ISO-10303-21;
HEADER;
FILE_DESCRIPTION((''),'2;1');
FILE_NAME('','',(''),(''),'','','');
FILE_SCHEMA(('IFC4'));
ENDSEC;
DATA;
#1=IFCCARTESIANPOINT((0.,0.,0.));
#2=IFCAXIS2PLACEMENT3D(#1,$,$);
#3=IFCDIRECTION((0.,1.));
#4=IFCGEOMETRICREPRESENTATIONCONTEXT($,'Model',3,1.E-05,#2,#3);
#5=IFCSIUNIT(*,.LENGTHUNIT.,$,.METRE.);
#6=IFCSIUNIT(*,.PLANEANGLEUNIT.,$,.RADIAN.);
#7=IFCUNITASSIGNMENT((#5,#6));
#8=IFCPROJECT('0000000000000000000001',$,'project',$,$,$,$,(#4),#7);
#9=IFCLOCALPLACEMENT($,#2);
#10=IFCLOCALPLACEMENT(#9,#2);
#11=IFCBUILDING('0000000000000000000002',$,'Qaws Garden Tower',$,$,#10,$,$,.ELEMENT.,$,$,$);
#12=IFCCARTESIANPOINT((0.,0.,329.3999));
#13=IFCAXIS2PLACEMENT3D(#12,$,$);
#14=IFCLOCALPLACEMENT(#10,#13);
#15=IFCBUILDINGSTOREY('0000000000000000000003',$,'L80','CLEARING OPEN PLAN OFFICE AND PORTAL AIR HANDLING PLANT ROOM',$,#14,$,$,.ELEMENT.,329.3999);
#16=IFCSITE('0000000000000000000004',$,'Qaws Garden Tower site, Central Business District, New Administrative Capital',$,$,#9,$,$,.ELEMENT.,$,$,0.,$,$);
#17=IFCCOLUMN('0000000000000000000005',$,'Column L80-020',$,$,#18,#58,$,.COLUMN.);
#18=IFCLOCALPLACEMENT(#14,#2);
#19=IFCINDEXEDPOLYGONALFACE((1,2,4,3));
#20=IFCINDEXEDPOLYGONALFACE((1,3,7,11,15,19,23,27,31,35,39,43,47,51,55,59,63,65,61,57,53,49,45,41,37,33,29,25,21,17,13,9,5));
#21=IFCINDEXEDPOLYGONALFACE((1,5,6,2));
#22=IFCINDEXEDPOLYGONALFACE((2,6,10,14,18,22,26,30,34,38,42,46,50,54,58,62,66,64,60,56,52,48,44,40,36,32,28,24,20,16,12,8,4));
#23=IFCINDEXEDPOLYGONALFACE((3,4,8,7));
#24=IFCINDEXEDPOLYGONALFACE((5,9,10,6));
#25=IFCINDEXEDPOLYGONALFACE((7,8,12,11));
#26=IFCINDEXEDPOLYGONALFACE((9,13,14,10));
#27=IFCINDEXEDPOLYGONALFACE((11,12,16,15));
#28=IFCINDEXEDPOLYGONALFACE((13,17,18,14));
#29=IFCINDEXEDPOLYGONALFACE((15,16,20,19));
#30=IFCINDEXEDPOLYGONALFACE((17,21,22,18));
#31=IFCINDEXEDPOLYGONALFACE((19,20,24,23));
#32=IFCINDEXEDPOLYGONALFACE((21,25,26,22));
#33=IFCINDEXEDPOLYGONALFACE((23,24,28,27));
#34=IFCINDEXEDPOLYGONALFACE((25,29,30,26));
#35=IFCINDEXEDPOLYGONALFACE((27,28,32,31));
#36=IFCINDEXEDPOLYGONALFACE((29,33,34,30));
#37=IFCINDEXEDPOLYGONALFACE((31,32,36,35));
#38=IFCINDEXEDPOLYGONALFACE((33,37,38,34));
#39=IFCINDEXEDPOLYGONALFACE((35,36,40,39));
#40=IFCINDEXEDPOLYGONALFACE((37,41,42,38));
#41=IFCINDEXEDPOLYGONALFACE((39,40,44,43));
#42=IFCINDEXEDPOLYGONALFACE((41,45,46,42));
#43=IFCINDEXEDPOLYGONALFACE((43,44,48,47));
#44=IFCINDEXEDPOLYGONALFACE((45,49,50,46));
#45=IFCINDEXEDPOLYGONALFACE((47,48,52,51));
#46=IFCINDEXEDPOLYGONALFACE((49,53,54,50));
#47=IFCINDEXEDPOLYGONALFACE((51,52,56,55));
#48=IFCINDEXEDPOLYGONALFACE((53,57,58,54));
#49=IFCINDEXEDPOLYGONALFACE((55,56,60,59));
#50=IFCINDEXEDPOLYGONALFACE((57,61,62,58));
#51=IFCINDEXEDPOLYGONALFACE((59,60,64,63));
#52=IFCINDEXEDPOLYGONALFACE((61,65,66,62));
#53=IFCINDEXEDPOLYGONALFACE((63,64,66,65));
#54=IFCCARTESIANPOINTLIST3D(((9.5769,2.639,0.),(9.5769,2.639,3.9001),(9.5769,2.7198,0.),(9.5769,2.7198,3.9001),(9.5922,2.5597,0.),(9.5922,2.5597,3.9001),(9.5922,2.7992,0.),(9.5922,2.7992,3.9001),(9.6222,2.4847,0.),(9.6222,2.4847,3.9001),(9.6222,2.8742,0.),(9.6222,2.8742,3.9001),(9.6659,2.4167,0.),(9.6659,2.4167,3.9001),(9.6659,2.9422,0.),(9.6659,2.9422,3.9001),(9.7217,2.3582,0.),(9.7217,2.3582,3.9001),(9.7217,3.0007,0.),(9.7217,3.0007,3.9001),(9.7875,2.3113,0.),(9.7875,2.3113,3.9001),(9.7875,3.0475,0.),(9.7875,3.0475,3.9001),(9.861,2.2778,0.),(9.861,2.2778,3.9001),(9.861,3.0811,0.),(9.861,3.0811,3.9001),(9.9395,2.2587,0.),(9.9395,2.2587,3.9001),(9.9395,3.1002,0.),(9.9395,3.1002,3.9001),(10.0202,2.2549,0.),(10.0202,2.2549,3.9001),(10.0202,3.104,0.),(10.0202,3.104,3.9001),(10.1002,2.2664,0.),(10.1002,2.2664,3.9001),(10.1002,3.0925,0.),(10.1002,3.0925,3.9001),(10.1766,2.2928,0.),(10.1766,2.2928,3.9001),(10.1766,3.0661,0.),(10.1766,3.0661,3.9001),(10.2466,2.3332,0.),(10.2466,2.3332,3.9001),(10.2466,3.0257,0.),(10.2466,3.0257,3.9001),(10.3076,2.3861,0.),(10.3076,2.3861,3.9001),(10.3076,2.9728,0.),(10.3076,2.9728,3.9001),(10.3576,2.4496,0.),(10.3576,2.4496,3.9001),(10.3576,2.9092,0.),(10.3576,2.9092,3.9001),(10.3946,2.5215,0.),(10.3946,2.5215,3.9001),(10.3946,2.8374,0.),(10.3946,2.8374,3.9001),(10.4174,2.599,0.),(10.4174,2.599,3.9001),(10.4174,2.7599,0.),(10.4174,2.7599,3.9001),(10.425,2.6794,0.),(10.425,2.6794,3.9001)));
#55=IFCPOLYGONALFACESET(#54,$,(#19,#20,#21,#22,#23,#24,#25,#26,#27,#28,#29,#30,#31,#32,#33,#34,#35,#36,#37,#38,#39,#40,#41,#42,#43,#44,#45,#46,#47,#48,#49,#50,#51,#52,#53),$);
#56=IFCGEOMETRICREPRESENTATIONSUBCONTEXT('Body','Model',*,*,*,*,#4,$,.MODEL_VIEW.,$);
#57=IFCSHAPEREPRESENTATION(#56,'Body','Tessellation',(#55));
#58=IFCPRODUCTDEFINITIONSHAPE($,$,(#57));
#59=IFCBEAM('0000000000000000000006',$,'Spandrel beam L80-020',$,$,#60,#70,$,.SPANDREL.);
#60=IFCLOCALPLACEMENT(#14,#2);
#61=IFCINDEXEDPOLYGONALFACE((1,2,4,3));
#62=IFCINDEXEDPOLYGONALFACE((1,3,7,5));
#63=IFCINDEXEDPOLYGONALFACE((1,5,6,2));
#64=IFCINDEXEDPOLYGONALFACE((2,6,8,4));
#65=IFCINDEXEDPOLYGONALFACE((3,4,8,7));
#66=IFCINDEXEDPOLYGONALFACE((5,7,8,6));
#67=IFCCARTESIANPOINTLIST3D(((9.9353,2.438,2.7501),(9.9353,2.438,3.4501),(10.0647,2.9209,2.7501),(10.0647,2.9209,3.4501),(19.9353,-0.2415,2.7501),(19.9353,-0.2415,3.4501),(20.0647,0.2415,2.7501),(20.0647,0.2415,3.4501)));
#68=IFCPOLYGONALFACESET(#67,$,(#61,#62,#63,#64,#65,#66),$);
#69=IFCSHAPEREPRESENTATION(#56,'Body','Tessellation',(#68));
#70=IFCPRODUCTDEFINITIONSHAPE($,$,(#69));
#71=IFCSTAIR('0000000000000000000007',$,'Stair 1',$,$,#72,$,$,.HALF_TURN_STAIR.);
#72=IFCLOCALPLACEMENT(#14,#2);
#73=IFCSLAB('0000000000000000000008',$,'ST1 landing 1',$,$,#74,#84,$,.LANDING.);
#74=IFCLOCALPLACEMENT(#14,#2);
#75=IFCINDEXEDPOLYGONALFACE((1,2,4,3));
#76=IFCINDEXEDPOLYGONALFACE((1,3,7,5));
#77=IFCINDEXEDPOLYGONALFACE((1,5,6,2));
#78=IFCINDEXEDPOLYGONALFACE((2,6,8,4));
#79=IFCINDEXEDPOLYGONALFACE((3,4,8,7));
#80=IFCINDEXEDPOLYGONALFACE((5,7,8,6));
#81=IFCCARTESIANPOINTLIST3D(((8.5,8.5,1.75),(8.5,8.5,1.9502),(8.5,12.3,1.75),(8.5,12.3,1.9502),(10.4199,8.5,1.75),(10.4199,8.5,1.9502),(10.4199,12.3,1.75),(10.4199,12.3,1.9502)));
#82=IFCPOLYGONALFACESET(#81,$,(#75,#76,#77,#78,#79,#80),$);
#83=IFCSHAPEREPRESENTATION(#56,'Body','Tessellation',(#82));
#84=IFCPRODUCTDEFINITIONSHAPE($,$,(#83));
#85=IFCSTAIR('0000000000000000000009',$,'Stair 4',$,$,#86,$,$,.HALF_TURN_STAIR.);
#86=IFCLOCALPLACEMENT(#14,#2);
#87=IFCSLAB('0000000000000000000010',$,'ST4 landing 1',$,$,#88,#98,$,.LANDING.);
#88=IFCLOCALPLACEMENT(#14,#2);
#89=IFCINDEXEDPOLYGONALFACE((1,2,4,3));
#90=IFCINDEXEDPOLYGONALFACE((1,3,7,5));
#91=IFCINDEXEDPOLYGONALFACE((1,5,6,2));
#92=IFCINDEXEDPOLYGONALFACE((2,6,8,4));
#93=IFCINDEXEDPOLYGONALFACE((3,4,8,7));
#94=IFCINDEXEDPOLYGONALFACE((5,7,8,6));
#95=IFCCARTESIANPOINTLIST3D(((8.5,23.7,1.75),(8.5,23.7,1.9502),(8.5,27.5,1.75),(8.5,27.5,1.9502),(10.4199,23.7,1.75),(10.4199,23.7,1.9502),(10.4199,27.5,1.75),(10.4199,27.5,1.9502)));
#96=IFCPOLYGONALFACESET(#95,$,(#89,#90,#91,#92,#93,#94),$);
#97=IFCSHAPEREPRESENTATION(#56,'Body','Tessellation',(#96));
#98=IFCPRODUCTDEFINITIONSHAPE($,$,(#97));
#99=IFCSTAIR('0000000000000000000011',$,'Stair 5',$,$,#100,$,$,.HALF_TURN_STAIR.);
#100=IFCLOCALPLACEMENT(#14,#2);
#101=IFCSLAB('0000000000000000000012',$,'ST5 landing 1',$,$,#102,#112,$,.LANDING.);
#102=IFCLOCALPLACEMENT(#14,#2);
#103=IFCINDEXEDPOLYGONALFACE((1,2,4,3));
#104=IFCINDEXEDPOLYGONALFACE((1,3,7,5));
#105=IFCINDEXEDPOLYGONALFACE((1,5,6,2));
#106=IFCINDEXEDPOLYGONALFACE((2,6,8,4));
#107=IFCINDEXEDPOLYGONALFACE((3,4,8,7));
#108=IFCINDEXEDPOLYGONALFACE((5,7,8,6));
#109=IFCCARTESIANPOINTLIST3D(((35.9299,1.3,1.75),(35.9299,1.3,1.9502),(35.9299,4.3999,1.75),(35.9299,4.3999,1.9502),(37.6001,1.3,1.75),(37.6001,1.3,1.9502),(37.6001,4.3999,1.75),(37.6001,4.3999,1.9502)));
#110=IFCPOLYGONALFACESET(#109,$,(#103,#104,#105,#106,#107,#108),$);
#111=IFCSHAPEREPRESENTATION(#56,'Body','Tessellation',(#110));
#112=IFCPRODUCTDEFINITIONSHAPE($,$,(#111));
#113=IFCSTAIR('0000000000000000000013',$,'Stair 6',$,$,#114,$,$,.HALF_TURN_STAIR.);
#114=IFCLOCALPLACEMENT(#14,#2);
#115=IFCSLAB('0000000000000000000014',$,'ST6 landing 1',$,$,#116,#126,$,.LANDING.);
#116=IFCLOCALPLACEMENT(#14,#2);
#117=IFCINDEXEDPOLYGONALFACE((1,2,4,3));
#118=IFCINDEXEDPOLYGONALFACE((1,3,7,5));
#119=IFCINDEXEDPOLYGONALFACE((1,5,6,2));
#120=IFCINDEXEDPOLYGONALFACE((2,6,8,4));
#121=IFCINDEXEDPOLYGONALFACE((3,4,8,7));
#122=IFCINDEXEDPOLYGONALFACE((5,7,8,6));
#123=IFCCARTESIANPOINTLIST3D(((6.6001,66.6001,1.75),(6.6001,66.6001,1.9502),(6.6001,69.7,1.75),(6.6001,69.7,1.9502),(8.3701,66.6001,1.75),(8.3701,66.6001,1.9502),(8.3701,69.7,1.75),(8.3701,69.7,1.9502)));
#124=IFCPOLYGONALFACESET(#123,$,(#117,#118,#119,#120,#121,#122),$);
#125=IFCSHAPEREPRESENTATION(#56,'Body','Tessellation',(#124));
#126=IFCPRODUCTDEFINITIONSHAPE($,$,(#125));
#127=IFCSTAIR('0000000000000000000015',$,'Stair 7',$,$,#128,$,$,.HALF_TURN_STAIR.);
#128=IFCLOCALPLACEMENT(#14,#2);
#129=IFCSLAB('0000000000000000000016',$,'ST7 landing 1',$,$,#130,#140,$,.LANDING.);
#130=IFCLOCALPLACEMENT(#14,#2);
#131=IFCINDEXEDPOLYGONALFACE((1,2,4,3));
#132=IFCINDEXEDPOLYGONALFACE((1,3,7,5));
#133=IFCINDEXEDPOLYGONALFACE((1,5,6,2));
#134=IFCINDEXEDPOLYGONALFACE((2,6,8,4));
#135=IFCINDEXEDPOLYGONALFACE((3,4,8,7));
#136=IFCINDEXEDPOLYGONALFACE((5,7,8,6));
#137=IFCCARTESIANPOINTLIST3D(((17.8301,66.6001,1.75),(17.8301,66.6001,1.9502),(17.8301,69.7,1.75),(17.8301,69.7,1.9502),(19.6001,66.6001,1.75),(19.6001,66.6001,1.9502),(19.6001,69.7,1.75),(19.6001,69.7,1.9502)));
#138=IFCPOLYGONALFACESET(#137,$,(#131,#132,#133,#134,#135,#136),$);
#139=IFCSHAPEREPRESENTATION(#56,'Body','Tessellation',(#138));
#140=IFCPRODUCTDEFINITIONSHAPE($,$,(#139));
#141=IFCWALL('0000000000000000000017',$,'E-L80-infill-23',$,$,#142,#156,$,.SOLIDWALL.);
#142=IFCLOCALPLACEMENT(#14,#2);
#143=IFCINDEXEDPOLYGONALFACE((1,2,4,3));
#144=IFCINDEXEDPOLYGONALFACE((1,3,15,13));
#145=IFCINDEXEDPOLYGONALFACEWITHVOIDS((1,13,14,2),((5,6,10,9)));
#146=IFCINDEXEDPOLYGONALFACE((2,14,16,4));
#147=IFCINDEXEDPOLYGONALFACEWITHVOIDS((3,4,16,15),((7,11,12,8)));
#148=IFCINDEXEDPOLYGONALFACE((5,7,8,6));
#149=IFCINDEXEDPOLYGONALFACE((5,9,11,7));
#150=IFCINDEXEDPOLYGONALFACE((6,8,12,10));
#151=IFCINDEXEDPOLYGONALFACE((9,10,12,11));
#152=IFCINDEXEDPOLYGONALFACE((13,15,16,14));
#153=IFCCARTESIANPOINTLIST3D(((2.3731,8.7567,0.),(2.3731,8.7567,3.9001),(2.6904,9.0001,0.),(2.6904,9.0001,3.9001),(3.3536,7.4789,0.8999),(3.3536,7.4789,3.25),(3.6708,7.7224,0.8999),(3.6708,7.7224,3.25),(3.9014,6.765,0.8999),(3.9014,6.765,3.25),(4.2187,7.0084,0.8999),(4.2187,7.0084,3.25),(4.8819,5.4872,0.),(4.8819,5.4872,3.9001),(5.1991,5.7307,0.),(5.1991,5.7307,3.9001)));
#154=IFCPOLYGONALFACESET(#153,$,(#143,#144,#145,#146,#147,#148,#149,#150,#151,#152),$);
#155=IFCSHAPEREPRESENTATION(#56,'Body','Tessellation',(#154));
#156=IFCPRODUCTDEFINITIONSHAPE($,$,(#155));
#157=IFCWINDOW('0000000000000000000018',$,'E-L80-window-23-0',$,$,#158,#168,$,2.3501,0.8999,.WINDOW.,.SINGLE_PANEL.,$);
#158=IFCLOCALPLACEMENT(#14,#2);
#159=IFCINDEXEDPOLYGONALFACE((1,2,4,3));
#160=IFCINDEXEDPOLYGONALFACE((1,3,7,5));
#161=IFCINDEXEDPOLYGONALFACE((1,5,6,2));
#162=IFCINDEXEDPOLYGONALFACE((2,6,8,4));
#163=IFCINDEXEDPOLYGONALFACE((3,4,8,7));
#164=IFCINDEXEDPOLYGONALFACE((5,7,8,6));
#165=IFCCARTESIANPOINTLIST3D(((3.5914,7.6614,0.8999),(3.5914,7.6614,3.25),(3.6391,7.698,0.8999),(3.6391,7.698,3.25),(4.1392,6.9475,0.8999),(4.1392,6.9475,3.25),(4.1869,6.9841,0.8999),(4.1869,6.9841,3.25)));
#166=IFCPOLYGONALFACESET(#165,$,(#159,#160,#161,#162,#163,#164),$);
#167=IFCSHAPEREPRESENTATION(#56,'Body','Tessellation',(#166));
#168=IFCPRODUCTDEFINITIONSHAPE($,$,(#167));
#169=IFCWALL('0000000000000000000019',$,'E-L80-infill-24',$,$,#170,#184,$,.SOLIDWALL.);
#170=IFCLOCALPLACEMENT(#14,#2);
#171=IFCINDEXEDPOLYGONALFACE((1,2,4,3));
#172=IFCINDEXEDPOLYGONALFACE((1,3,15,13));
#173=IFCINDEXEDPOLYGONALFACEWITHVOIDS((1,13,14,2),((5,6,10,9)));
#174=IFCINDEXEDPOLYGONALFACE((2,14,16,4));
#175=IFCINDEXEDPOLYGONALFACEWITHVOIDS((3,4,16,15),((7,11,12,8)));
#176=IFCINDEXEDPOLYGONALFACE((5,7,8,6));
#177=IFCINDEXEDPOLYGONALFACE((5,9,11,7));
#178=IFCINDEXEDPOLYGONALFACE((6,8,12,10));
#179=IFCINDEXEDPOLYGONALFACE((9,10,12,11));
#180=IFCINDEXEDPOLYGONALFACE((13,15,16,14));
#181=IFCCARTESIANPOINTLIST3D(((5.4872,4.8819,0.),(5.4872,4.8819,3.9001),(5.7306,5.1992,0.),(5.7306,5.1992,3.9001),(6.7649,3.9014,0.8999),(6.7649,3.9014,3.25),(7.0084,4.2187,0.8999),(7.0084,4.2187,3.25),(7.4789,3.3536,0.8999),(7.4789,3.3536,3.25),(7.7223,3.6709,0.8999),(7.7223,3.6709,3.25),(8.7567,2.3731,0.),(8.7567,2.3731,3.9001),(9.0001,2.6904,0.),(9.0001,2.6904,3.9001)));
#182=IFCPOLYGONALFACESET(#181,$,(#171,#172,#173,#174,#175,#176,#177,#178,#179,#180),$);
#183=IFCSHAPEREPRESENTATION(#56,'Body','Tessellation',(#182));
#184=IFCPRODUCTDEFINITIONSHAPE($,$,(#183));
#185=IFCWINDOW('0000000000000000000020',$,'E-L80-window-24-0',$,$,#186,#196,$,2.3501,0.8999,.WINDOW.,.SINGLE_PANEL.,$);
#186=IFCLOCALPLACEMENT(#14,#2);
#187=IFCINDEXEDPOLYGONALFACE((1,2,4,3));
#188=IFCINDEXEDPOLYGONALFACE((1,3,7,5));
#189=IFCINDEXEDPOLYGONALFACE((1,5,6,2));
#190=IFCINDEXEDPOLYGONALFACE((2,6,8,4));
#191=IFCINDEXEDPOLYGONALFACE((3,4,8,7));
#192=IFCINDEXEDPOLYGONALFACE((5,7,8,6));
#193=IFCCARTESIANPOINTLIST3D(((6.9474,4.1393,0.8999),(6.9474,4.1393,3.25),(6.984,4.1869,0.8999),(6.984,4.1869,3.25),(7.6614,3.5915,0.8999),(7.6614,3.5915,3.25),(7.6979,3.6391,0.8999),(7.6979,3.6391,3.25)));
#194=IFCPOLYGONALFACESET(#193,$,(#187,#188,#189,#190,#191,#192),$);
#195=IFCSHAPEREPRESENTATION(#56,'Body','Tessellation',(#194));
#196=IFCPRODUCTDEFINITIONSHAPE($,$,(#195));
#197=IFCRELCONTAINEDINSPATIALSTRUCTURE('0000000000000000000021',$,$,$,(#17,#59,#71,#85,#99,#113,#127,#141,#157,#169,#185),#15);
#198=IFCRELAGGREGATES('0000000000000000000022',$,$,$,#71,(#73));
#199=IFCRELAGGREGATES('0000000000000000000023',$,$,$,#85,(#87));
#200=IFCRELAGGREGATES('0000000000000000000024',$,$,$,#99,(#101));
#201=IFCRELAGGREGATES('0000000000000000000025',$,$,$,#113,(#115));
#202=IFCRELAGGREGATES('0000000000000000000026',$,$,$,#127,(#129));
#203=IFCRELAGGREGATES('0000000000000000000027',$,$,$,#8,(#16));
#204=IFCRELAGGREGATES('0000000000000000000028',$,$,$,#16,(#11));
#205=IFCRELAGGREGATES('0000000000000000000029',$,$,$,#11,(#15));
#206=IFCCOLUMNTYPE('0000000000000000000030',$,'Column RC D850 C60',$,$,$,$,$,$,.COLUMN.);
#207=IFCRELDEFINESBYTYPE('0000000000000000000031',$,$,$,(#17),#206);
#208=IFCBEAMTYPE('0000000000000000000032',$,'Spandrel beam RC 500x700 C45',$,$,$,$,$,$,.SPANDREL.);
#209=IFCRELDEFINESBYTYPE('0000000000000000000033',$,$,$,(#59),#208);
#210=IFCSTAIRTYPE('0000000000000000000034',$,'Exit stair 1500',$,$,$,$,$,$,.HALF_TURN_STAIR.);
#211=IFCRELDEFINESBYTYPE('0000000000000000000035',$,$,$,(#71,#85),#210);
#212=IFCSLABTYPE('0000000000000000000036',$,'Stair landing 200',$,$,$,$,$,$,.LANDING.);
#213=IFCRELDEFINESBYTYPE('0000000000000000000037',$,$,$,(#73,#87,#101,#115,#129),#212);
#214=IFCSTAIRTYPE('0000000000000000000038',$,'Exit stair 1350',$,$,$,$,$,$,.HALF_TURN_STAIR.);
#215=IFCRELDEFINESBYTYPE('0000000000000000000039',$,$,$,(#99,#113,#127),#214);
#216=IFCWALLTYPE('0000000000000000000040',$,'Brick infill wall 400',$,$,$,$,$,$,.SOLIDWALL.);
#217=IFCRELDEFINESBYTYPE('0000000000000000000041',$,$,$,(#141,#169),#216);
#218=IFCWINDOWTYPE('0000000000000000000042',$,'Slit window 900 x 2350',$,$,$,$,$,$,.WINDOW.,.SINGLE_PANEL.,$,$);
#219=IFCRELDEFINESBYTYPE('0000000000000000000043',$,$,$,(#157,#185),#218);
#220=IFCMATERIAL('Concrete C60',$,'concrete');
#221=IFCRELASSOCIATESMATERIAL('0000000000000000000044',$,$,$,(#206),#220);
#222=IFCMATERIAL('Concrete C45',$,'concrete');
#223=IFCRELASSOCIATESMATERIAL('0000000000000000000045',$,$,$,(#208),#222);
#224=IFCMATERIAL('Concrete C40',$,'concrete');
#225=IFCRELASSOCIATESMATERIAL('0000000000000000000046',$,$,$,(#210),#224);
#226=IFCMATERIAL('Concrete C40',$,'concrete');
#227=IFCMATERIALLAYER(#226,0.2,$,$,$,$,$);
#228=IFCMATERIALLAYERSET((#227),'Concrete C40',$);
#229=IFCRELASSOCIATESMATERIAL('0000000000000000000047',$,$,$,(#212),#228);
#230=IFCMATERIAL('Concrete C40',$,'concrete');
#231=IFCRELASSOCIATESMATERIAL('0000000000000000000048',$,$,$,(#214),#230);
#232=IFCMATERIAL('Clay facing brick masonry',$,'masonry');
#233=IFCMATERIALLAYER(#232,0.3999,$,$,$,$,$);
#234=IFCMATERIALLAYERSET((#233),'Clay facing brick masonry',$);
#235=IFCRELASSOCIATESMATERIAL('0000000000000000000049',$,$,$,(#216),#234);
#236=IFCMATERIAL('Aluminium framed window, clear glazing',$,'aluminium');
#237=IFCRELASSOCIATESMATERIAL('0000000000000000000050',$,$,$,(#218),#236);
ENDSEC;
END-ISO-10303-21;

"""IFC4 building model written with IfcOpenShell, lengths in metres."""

from ifc_helpers import new_model, si_unit, direction, frame, frame_2d, origin, origin_2d, place, context, subcontext, project, spatial, polyline, rectangle, circle, outline, extrude, material, layer, layer_set, material_profile, profile_set, type_object, element, fill, aggregate, save


model = new_model("IFC4")

# Units and contexts
model_context = context("Model", 3, precision=1e-05, world=origin(), true_north=direction((0.0, 1.0)))
body_context = subcontext(model_context, "Body", "Model", "MODEL_VIEW")
ifc_project = project(units=[si_unit("LENGTHUNIT", "METRE"), si_unit("PLANEANGLEUNIT", "RADIAN")], contexts=[model_context])

# Site, building, storey
site_placement = place(None, origin())
site = spatial("IfcSite", under=ifc_project, at=site_placement, Name="Qaws Garden Tower site, Central Business District, New Administrative Capital", CompositionType="ELEMENT", RefElevation=0.0)
building_placement = place(site_placement, origin())
building = spatial("IfcBuilding", under=site, at=building_placement, Name="Qaws Garden Tower", CompositionType="ELEMENT")
storey_placement = place(building_placement, frame((0.0, 0.0, 329.3999)))
storey = spatial("IfcBuildingStorey", under=building, at=storey_placement, Name="L80", Description="CLEARING OPEN PLAN OFFICE AND PORTAL AIR HANDLING PLANT ROOM", CompositionType="ELEMENT", Elevation=329.3999)

# Column
ifc_material_1 = material(Name="Concrete C60", Category="concrete")
ifc_material_profile_1 = material_profile(ifc_material_1, circle(Radius=0.425, at=origin_2d()), Name="RC D850")
ifc_profile_set_1 = profile_set([ifc_material_profile_1], Name="Concrete C60")
column_type = type_object("IfcColumnType", Name="Column RC D850 C60", PredefinedType="COLUMN", material=ifc_profile_set_1)
column_placement = place(storey_placement, frame((10.0, 2.6794, 0.0), z_axis=(0.0, 0.0, 1.0), x_axis=(1.0, 0.0, 0.0)))
element("IfcColumn", 1, at=column_placement, inside=storey, type_object=column_type, Name="Column L80-020", PredefinedType="COLUMN", context=body_context, shape_type="SweptSolid", body=[
    extrude(circle(Radius=0.425, at=origin_2d()), origin(), (0.0, 0.0, 1.0), 3.9001),
])

# Beam
ifc_material_2 = material(Name="Concrete C45", Category="concrete")
ifc_material_profile_2 = material_profile(ifc_material_2, rectangle(XDim=0.5, YDim=0.7, at=origin_2d()), Name="RC 500x700")
ifc_profile_set_2 = profile_set([ifc_material_profile_2], Name="Concrete C45")
beam_type = type_object("IfcBeamType", Name="Spandrel beam RC 500x700 C45", PredefinedType="SPANDREL", material=ifc_profile_set_2)
beam_placement = place(storey_placement, frame((10.0, 2.6794, 3.1001), z_axis=(0.965927, -0.258815, 0.0), x_axis=(0.258815, 0.965927, 0.0)))
element("IfcBeam", 2, at=beam_placement, inside=storey, type_object=beam_type, Name="Spandrel beam L80-020", PredefinedType="SPANDREL", context=body_context, shape_type="SweptSolid", body=[
    extrude(rectangle(XDim=0.5, YDim=0.7, at=origin_2d()), origin(), (0.0, 0.0, 1.0), 10.3528),
])

# Stairs, slabs
ifc_material_3 = material(Name="Concrete C40", Category="concrete")
stair_type_1 = type_object("IfcStairType", Name="Exit stair 1500", PredefinedType="HALF_TURN_STAIR", material=ifc_material_3)
placement_1 = place(storey_placement, origin())
stair_1 = element("IfcStair", 3, at=placement_1, inside=storey, type_object=stair_type_1, Name="Stair 1", PredefinedType="HALF_TURN_STAIR")
ifc_material_4 = material(Name="Concrete C40", Category="concrete")
ifc_layer_1 = layer(ifc_material_4, 0.2)
ifc_layer_set_1 = layer_set([ifc_layer_1], Name="Concrete C40")
slab_type = type_object("IfcSlabType", Name="Stair landing 200", PredefinedType="LANDING", material=ifc_layer_set_1)
placement_2 = place(storey_placement, frame((0.0, 0.0, 1.75)))
slab_1 = element("IfcSlab", 4, at=placement_2, type_object=slab_type, Name="ST1 landing 1", PredefinedType="LANDING", context=body_context, shape_type="SweptSolid", body=[
    extrude(outline(polyline([(8.5, 8.5), (10.4199, 8.5), (10.4199, 12.3), (8.5, 12.3), (8.5, 8.5)])), origin(), (0.0, 0.0, 1.0), 0.2002),
])
aggregate(stair_1, [slab_1])
stair_2 = element("IfcStair", 5, at=placement_1, inside=storey, type_object=stair_type_1, Name="Stair 4", PredefinedType="HALF_TURN_STAIR")
slab_2 = element("IfcSlab", 6, at=placement_2, type_object=slab_type, Name="ST4 landing 1", PredefinedType="LANDING", context=body_context, shape_type="SweptSolid", body=[
    extrude(outline(polyline([(8.5, 23.7), (10.4199, 23.7), (10.4199, 27.5), (8.5, 27.5), (8.5, 23.7)])), origin(), (0.0, 0.0, 1.0), 0.2002),
])
aggregate(stair_2, [slab_2])
ifc_material_5 = material(Name="Concrete C40", Category="concrete")
stair_type_2 = type_object("IfcStairType", Name="Exit stair 1350", PredefinedType="HALF_TURN_STAIR", material=ifc_material_5)
stair_3 = element("IfcStair", 7, at=placement_1, inside=storey, type_object=stair_type_2, Name="Stair 5", PredefinedType="HALF_TURN_STAIR")
slab_3 = element("IfcSlab", 8, at=placement_2, type_object=slab_type, Name="ST5 landing 1", PredefinedType="LANDING", context=body_context, shape_type="SweptSolid", body=[
    extrude(outline(polyline([(35.9299, 1.3), (37.6001, 1.3), (37.6001, 4.3999), (35.9299, 4.3999), (35.9299, 1.3)])), origin(), (0.0, 0.0, 1.0), 0.2002),
])
aggregate(stair_3, [slab_3])
stair_4 = element("IfcStair", 9, at=placement_1, inside=storey, type_object=stair_type_2, Name="Stair 6", PredefinedType="HALF_TURN_STAIR")
slab_4 = element("IfcSlab", 10, at=placement_2, type_object=slab_type, Name="ST6 landing 1", PredefinedType="LANDING", context=body_context, shape_type="SweptSolid", body=[
    extrude(outline(polyline([(6.6001, 66.6001), (8.3701, 66.6001), (8.3701, 69.7), (6.6001, 69.7), (6.6001, 66.6001)])), origin(), (0.0, 0.0, 1.0), 0.2002),
])
aggregate(stair_4, [slab_4])
stair_5 = element("IfcStair", 11, at=placement_1, inside=storey, type_object=stair_type_2, Name="Stair 7", PredefinedType="HALF_TURN_STAIR")
slab_5 = element("IfcSlab", 12, at=placement_2, type_object=slab_type, Name="ST7 landing 1", PredefinedType="LANDING", context=body_context, shape_type="SweptSolid", body=[
    extrude(outline(polyline([(17.8301, 66.6001), (19.6001, 66.6001), (19.6001, 69.7), (17.8301, 69.7), (17.8301, 66.6001)])), origin(), (0.0, 0.0, 1.0), 0.2002),
])
aggregate(stair_5, [slab_5])

# Walls, openings, windows
ifc_material_6 = material(Name="Clay facing brick masonry", Category="masonry")
ifc_layer_2 = layer(ifc_material_6, 0.3999)
ifc_layer_set_2 = layer_set([ifc_layer_2], Name="Clay facing brick masonry")
wall_type_1 = type_object("IfcWallType", Name="Brick infill wall 400", PredefinedType="SOLIDWALL", material=ifc_layer_set_2)
wall_1_placement = place(storey_placement, frame((2.5317, 8.8784, 0.0), z_axis=(0.0, 0.0, 1.0), x_axis=(0.60876, -0.793355, 0.0)))
wall_1 = element("IfcWall", 13, at=wall_1_placement, inside=storey, type_object=wall_type_1, Name="E-L80-infill-23", PredefinedType="SOLIDWALL", context=body_context, shape_type="SweptSolid", body=[
    extrude(rectangle(XDim=4.1211, YDim=0.3999, at=frame_2d((2.0605, 0.0))), origin(), (0.0, 0.0, 1.0), 3.9001),
])
opening_1_placement = place(wall_1_placement, frame((1.6106, 0.0, 0.8999)))
opening_1 = element("IfcOpeningElement", 14, at=opening_1_placement, cuts=wall_1, PredefinedType="OPENING", context=body_context, shape_type="SweptSolid", body=[
    extrude(rectangle(XDim=0.8999, YDim=2.3501, at=frame_2d((0.45, 1.175))), frame((0.0, 0.21, 0.0), z_axis=(0.0, -1.0, 0.0), x_axis=(1.0, 0.0, 0.0)), (0.0, 0.0, 1.0), 0.4199),
])
ifc_material_7 = material(Name="Aluminium framed window, clear glazing", Category="aluminium")
window_type = type_object("IfcWindowType", Name="Slit window 900 x 2350", PartitioningType="SINGLE_PANEL", PredefinedType="WINDOW", material=ifc_material_7)
window_1_placement = place(opening_1_placement, origin())
window_1 = element("IfcWindow", 15, at=window_1_placement, inside=storey, type_object=window_type, Name="E-L80-window-23-0", OverallHeight=2.3501, OverallWidth=0.8999, PartitioningType="SINGLE_PANEL", PredefinedType="WINDOW", context=body_context, shape_type="SweptSolid", body=[
    extrude(rectangle(XDim=0.8999, YDim=2.3501, at=frame_2d((0.45, 1.175))), frame((0.0, 0.1599, 0.0), z_axis=(0.0, -1.0, 0.0), x_axis=(1.0, 0.0, 0.0)), (0.0, 0.0, 1.0), 0.0601),
])
fill(opening_1, window_1)
wall_2_placement = place(storey_placement, frame((5.6089, 5.0405, 0.0), z_axis=(0.0, 0.0, 1.0), x_axis=(0.793355, -0.60876, 0.0)))
wall_2 = element("IfcWall", 16, at=wall_2_placement, inside=storey, type_object=wall_type_1, Name="E-L80-infill-24", PredefinedType="SOLIDWALL", context=body_context, shape_type="SweptSolid", body=[
    extrude(rectangle(XDim=4.1211, YDim=0.3999, at=frame_2d((2.0605, 0.0))), origin(), (0.0, 0.0, 1.0), 3.9001),
])
opening_2_placement = place(wall_2_placement, frame((1.6106, 0.0, 0.8999)))
opening_2 = element("IfcOpeningElement", 17, at=opening_2_placement, cuts=wall_2, PredefinedType="OPENING", context=body_context, shape_type="SweptSolid", body=[
    extrude(rectangle(XDim=0.8999, YDim=2.3501, at=frame_2d((0.45, 1.175))), frame((0.0, 0.21, 0.0), z_axis=(0.0, -1.0, 0.0), x_axis=(1.0, 0.0, 0.0)), (0.0, 0.0, 1.0), 0.4199),
])
window_2_placement = place(opening_2_placement, origin())
window_2 = element("IfcWindow", 18, at=window_2_placement, inside=storey, type_object=window_type, Name="E-L80-window-24-0", OverallHeight=2.3501, OverallWidth=0.8999, PartitioningType="SINGLE_PANEL", PredefinedType="WINDOW", context=body_context, shape_type="SweptSolid", body=[
    extrude(rectangle(XDim=0.8999, YDim=2.3501, at=frame_2d((0.45, 1.175))), frame((0.0, 0.1599, 0.0), z_axis=(0.0, -1.0, 0.0), x_axis=(1.0, 0.0, 0.0)), (0.0, 0.0, 1.0), 0.0601),
])
fill(opening_2, window_2)

save(model, "model.ifc")
